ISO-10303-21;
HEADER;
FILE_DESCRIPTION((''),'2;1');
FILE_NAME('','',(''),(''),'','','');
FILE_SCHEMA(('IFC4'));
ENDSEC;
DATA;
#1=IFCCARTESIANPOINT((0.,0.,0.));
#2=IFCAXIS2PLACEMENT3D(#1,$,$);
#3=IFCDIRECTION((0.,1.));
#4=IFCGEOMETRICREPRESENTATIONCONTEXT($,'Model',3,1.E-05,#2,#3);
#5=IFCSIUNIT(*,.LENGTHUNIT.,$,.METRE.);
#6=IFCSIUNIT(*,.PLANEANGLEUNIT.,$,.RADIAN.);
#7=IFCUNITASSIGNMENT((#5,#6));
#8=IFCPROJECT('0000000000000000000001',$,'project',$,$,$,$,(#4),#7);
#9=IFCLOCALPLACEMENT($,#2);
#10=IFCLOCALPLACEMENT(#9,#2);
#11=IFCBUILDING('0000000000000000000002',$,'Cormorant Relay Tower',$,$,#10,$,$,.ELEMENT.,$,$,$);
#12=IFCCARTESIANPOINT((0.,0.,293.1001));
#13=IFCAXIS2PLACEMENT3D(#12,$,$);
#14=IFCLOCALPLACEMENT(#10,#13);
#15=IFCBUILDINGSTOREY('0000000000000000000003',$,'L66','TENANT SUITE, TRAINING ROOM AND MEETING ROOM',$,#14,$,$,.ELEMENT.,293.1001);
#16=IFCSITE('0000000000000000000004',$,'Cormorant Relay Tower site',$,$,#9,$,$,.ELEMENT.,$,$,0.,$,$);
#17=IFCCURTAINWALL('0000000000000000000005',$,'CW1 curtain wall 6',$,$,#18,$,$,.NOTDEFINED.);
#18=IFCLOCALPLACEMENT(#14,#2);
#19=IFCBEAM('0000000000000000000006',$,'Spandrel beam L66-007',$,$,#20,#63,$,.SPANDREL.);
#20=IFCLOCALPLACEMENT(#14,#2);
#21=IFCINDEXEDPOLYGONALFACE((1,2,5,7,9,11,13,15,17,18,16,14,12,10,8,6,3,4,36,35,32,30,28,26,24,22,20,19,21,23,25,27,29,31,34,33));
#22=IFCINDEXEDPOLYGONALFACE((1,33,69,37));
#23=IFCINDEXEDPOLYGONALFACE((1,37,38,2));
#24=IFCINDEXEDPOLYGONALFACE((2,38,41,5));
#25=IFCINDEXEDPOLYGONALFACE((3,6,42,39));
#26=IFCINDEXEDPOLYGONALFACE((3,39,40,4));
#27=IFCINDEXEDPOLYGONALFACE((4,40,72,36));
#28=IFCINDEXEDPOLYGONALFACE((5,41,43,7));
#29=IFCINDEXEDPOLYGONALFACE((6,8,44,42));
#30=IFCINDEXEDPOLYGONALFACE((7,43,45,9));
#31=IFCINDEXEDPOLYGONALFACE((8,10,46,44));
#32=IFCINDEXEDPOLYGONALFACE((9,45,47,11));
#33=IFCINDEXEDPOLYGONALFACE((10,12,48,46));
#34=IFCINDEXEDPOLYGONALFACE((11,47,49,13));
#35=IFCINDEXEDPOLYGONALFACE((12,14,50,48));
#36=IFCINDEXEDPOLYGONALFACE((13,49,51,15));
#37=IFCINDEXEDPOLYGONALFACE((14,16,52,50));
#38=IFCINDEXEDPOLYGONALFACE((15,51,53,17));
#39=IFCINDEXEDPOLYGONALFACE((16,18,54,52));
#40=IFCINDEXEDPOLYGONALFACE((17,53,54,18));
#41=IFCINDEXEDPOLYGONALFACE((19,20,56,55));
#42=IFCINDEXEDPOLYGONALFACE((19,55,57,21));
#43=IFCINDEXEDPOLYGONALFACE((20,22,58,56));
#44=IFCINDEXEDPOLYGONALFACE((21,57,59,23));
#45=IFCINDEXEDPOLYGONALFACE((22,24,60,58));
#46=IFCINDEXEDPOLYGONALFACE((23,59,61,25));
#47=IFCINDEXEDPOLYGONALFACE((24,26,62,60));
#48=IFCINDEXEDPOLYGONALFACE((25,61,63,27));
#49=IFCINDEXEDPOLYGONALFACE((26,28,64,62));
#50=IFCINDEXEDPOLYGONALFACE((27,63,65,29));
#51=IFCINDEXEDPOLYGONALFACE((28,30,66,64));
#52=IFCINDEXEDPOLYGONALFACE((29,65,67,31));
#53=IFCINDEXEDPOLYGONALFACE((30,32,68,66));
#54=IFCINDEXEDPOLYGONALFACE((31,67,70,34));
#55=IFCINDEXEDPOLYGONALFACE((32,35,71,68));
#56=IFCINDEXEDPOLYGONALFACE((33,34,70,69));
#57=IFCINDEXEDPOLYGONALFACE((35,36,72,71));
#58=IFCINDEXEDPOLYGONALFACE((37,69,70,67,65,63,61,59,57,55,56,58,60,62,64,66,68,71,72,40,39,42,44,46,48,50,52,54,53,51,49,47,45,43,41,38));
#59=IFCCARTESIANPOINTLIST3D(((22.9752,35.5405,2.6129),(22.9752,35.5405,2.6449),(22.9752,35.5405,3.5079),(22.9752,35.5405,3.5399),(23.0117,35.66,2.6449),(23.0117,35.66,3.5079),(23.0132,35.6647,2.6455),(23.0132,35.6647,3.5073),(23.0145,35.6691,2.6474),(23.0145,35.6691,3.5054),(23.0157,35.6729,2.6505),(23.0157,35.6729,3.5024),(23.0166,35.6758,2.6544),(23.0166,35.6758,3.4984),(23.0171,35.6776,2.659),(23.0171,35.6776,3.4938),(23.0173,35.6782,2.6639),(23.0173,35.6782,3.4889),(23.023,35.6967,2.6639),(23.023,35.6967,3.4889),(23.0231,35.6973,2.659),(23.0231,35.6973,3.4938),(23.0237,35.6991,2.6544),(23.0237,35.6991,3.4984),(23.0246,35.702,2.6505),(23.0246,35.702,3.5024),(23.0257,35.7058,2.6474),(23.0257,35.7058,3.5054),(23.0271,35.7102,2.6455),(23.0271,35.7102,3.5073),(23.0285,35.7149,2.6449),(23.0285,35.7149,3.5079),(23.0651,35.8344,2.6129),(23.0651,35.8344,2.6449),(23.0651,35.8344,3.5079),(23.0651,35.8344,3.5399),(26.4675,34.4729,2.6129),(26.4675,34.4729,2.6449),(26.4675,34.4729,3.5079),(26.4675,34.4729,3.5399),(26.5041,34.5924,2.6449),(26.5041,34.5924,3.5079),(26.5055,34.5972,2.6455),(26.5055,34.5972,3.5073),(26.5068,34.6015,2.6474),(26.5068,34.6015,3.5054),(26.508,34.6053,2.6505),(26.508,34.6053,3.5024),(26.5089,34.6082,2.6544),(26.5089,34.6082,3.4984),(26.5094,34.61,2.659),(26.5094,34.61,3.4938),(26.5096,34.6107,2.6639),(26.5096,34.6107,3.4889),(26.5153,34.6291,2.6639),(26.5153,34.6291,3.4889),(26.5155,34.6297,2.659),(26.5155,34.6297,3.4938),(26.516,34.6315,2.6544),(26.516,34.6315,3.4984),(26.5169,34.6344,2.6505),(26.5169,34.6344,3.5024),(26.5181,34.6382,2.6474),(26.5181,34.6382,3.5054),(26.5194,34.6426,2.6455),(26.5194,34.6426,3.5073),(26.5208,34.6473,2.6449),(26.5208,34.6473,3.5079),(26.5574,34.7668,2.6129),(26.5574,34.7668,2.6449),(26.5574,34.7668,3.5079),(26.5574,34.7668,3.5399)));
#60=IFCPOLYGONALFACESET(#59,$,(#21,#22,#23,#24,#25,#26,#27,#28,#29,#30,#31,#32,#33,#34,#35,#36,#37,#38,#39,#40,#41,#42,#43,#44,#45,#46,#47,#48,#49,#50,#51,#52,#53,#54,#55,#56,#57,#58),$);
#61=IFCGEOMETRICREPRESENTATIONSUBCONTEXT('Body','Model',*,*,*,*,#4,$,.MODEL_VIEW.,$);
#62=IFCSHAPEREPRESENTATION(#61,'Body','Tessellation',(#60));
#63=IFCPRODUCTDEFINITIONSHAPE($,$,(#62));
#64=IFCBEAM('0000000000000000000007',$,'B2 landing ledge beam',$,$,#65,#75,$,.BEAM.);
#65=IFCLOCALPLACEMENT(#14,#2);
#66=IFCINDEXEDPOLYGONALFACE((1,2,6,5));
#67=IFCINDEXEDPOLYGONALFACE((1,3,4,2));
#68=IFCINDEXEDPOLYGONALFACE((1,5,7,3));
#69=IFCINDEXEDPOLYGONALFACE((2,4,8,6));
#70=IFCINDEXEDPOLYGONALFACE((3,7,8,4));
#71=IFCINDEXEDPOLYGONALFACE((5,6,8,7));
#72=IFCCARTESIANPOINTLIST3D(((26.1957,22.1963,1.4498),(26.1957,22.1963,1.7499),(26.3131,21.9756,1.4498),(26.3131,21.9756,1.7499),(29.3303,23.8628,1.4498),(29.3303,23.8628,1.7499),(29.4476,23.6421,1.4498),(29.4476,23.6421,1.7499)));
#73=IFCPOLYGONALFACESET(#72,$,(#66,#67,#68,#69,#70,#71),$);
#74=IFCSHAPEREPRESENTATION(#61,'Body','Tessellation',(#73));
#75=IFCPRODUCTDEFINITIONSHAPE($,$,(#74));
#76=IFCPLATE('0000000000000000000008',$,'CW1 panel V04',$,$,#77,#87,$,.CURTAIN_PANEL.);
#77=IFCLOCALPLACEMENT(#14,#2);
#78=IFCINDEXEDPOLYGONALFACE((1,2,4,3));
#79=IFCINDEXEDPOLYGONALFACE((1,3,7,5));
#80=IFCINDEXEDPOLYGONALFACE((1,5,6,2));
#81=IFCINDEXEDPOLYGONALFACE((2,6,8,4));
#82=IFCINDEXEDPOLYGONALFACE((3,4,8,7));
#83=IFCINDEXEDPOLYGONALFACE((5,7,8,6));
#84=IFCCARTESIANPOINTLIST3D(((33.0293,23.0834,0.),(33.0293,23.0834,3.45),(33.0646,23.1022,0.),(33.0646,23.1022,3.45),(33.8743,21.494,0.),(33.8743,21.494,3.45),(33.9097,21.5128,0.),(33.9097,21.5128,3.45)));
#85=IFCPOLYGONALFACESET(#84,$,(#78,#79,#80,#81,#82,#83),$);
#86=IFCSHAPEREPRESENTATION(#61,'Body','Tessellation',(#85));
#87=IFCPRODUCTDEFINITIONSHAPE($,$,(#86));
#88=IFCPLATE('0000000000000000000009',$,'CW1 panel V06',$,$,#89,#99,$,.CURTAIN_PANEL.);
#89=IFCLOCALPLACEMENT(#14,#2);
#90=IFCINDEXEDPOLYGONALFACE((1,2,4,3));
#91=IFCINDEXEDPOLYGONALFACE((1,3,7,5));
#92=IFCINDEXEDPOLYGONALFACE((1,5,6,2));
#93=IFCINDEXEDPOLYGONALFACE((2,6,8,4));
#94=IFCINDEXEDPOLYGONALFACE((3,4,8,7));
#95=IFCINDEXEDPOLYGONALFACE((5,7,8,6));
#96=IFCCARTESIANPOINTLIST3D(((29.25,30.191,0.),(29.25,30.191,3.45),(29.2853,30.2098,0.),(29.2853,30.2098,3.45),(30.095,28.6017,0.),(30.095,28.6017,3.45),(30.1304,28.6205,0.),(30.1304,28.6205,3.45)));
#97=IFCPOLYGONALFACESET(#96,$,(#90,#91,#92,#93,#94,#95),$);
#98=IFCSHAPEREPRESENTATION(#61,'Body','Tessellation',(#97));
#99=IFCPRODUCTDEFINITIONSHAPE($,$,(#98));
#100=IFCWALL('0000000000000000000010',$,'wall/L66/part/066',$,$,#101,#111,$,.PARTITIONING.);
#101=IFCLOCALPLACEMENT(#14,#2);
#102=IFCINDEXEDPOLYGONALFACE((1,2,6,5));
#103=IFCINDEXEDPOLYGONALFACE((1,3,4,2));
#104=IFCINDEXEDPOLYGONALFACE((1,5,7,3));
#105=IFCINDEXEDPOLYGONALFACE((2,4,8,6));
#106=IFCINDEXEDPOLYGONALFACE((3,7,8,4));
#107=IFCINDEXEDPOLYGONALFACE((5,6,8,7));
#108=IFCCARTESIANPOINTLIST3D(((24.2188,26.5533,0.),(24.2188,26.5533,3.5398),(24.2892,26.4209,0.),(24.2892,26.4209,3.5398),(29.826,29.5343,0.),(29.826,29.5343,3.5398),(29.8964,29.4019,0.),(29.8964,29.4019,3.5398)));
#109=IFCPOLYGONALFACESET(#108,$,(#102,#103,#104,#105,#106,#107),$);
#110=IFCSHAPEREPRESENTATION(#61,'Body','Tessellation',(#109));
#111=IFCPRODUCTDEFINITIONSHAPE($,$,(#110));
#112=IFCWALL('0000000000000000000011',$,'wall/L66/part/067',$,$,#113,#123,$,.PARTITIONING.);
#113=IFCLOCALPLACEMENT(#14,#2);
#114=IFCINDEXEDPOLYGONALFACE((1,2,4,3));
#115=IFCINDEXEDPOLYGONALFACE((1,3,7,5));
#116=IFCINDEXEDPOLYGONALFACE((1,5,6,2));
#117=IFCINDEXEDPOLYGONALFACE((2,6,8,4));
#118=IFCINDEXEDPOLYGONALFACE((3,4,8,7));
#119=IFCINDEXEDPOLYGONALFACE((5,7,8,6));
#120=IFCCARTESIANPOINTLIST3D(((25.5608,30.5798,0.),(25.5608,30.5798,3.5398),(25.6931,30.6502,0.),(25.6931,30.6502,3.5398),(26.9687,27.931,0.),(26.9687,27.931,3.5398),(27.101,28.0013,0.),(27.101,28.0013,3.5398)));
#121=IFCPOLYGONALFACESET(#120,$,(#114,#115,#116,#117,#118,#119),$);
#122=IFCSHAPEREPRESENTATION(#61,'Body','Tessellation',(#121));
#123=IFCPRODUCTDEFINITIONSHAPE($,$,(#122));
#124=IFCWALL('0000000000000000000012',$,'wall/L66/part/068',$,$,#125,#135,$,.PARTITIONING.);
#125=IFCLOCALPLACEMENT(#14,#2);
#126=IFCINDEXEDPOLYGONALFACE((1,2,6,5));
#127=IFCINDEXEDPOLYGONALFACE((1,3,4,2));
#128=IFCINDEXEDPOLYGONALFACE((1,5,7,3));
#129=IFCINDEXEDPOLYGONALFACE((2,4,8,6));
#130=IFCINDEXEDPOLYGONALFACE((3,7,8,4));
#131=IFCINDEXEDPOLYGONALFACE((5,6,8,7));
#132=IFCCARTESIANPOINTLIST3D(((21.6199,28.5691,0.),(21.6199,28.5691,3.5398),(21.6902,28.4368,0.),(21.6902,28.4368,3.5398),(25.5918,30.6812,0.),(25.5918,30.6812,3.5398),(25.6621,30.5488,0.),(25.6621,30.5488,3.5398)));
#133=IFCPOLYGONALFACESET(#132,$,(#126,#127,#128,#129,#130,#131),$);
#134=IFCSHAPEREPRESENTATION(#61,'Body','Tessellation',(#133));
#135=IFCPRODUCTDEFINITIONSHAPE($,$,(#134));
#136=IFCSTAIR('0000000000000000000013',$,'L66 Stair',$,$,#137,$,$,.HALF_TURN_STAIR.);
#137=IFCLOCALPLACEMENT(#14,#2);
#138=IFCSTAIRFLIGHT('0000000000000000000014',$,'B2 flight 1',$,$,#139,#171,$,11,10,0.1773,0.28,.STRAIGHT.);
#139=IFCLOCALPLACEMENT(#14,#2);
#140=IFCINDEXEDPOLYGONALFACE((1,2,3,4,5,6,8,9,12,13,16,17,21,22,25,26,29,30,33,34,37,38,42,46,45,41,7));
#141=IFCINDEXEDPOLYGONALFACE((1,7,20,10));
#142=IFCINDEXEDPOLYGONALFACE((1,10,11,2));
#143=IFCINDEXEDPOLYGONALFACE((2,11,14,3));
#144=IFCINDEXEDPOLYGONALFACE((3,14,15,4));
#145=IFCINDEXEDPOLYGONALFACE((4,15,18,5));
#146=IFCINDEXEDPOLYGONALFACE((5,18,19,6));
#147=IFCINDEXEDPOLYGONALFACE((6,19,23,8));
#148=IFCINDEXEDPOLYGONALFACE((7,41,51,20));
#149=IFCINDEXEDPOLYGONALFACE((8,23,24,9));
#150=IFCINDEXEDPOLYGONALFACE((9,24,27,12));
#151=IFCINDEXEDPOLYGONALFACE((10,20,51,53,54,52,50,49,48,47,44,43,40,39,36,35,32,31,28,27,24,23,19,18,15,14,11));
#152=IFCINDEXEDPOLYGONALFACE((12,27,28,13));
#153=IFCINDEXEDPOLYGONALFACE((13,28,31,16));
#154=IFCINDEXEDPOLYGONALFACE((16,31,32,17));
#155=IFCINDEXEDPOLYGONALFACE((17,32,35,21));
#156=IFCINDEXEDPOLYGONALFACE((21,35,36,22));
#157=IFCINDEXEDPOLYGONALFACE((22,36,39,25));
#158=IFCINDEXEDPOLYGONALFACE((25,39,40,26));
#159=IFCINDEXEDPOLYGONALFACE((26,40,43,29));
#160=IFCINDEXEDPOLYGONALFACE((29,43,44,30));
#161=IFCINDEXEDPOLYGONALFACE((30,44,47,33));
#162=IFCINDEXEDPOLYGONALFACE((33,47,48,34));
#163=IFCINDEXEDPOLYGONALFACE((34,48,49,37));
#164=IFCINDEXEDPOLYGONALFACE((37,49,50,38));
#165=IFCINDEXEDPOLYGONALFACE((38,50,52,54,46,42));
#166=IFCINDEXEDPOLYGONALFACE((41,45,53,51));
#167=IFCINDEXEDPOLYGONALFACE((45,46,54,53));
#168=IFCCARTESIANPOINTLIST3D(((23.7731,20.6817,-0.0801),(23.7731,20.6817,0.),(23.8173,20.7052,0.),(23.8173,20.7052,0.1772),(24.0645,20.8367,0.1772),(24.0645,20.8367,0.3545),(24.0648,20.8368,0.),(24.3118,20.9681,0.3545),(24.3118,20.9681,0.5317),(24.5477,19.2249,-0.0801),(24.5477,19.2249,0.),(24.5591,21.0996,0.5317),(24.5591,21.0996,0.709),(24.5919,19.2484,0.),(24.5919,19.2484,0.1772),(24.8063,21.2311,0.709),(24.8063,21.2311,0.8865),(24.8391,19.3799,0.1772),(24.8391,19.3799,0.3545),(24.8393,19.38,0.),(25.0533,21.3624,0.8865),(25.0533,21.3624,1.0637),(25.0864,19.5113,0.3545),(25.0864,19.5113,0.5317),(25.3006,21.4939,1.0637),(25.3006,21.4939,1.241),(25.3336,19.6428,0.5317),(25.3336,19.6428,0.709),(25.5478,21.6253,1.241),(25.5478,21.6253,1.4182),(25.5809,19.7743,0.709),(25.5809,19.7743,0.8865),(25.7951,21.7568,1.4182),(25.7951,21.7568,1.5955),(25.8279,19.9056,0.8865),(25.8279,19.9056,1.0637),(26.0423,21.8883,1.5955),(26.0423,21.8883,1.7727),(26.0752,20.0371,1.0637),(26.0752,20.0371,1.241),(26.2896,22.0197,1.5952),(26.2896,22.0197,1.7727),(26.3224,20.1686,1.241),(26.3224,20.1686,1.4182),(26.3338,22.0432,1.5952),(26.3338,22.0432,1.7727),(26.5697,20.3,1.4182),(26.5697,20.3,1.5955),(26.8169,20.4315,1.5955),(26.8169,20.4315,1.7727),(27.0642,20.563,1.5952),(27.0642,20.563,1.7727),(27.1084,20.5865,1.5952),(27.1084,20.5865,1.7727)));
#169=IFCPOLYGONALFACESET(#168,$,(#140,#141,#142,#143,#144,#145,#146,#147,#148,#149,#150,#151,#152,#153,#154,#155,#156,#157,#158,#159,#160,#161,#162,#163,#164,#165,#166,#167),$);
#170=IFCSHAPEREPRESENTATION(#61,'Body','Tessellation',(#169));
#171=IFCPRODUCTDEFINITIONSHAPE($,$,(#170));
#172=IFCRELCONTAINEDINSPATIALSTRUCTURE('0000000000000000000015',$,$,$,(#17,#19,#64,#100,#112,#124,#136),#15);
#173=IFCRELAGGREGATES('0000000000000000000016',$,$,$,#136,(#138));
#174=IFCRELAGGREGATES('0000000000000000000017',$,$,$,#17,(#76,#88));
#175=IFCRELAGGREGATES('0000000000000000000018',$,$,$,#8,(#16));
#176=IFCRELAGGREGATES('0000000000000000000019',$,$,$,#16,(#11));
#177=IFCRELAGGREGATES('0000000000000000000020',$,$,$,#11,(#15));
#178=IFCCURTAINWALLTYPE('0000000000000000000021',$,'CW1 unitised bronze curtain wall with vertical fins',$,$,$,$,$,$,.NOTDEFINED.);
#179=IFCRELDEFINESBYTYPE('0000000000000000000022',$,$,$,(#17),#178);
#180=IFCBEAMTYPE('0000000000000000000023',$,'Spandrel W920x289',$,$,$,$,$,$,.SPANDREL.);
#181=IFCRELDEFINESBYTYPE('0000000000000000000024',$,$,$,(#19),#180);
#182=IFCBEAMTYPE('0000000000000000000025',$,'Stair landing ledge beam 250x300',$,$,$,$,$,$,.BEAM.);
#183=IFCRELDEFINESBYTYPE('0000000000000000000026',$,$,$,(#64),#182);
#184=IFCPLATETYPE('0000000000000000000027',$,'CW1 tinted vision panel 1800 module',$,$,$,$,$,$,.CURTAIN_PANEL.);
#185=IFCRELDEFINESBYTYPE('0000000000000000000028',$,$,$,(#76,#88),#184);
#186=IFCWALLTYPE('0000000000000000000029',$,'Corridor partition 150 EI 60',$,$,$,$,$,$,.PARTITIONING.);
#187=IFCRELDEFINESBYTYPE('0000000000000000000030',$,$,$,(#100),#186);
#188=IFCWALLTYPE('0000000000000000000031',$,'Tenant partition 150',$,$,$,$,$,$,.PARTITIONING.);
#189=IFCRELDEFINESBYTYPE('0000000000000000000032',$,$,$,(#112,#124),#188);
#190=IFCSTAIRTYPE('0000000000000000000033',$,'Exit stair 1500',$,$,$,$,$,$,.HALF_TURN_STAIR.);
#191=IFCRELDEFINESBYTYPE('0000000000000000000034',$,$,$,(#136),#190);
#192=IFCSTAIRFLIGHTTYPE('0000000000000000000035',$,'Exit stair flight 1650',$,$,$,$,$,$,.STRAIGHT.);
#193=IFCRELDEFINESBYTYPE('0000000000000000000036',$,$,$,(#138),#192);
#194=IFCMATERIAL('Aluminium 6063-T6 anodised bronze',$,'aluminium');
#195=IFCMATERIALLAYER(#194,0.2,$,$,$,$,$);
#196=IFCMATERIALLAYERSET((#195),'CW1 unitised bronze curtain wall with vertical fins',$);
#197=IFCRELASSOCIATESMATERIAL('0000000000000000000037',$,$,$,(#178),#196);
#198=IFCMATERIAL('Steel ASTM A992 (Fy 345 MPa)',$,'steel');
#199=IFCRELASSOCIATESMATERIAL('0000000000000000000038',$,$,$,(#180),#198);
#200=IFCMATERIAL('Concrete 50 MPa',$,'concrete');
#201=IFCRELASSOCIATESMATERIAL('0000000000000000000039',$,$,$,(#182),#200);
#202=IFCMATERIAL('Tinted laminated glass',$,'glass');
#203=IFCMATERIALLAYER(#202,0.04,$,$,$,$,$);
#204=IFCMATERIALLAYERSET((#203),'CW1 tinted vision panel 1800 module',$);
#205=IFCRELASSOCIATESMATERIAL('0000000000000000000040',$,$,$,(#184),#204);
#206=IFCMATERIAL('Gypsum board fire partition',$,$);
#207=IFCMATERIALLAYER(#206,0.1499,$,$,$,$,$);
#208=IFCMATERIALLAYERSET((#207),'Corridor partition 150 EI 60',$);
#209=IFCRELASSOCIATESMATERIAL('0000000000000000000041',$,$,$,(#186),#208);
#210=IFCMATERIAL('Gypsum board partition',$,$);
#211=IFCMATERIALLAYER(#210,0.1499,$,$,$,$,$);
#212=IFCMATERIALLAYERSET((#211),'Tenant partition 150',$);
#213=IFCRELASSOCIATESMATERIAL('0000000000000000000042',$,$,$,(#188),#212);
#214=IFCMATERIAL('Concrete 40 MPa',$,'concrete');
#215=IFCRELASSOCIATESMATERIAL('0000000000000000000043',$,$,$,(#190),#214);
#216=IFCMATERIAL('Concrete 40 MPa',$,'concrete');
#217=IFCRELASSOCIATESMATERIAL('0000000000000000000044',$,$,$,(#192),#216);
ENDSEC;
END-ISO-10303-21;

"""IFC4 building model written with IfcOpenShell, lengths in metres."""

from ifc_helpers import new_model, si_unit, direction, frame, frame_2d, origin, origin_2d, place, context, subcontext, project, spatial, polyline, rectangle, i_section, outline, extrude, material, layer, layer_set, material_profile, profile_set, type_object, element, aggregate, save


model = new_model("IFC4")

# Units and contexts
model_context = context("Model", 3, precision=1e-05, world=origin(), true_north=direction((0.0, 1.0)))
body_context = subcontext(model_context, "Body", "Model", "MODEL_VIEW")
ifc_project = project(units=[si_unit("LENGTHUNIT", "METRE"), si_unit("PLANEANGLEUNIT", "RADIAN")], contexts=[model_context])

# Site, building, storey
site_placement = place(None, origin())
site = spatial("IfcSite", under=ifc_project, at=site_placement, Name="Cormorant Relay Tower site", CompositionType="ELEMENT", RefElevation=0.0)
building_placement = place(site_placement, origin())
building = spatial("IfcBuilding", under=site, at=building_placement, Name="Cormorant Relay Tower", CompositionType="ELEMENT")
storey_placement = place(building_placement, frame((0.0, 0.0, 293.1001)))
storey = spatial("IfcBuildingStorey", under=building, at=storey_placement, Name="L66", Description="TENANT SUITE, TRAINING ROOM AND MEETING ROOM", CompositionType="ELEMENT", Elevation=293.1001)

# Curtain wall
ifc_material_1 = material(Name="Aluminium 6063-T6 anodised bronze", Category="aluminium")
ifc_layer_1 = layer(ifc_material_1, 0.2)
ifc_layer_set_1 = layer_set([ifc_layer_1], Name="CW1 unitised bronze curtain wall with vertical fins")
curtain_wall_type = type_object("IfcCurtainWallType", Name="CW1 unitised bronze curtain wall with vertical fins", PredefinedType="NOTDEFINED", material=ifc_layer_set_1)
curtain_wall_1_placement = place(storey_placement, origin())
curtain_wall_1 = element("IfcCurtainWall", 1, at=curtain_wall_1_placement, inside=storey, type_object=curtain_wall_type, Name="CW1 curtain wall 6", PredefinedType="NOTDEFINED")

# Beams
ifc_material_2 = material(Name="Steel ASTM A992 (Fy 345 MPa)", Category="steel")
ifc_material_profile_1 = material_profile(ifc_material_2, i_section(OverallWidth=0.3074, OverallDepth=0.927, WebThickness=0.0193, FlangeThickness=0.032, FilletRadius=0.019, at=origin_2d()), Name="W920x289")
ifc_profile_set_1 = profile_set([ifc_material_profile_1], Name="Steel ASTM A992 (Fy 345 MPa)")
beam_type_1 = type_object("IfcBeamType", Name="Spandrel W920x289", PredefinedType="SPANDREL", material=ifc_profile_set_1)
beam_1_placement = place(storey_placement, frame((26.5125, 34.6199, 3.0764), z_axis=(-0.956314, 0.292343, 0.0), x_axis=(-0.292343, -0.956314, 0.0)))
element("IfcBeam", 2, at=beam_1_placement, inside=storey, type_object=beam_type_1, Name="Spandrel beam L66-007", PredefinedType="SPANDREL", context=body_context, shape_type="SweptSolid", body=[
    extrude(i_section(OverallWidth=0.3074, OverallDepth=0.927, WebThickness=0.0193, FlangeThickness=0.032, FilletRadius=0.019, at=origin_2d()), origin(), (0.0, 0.0, 1.0), 3.6519),
])
ifc_material_3 = material(Name="Concrete 50 MPa", Category="concrete")
ifc_material_profile_2 = material_profile(ifc_material_3, rectangle(XDim=0.25, YDim=0.3, at=origin_2d()), Name="RC 250x300")
ifc_profile_set_2 = profile_set([ifc_material_profile_2], Name="Concrete 50 MPa")
beam_type_2 = type_object("IfcBeamType", Name="Stair landing ledge beam 250x300", PredefinedType="BEAM", material=ifc_profile_set_2)
beam_2_placement = place(storey_placement, frame((26.2544, 22.0859, 1.5999), z_axis=(0.882965, 0.469438, 0.0), x_axis=(-0.469438, 0.882965, 0.0)))
element("IfcBeam", 3, at=beam_2_placement, inside=storey, type_object=beam_type_2, Name="B2 landing ledge beam", PredefinedType="BEAM", context=body_context, shape_type="SweptSolid", body=[
    extrude(rectangle(XDim=0.25, YDim=0.3, at=origin_2d()), origin(), (0.0, 0.0, 1.0), 3.55),
])

# Plates
ifc_material_4 = material(Name="Tinted laminated glass", Category="glass")
ifc_layer_2 = layer(ifc_material_4, 0.04)
ifc_layer_set_2 = layer_set([ifc_layer_2], Name="CW1 tinted vision panel 1800 module")
plate_type = type_object("IfcPlateType", Name="CW1 tinted vision panel 1800 module", PredefinedType="CURTAIN_PANEL", material=ifc_layer_set_2)
plate_1_placement = place(storey_placement, frame((33.4695, 22.2981, 0.0), z_axis=(0.0, 0.0, 1.0), x_axis=(-0.469472, 0.882948, 0.0)))
plate_1 = element("IfcPlate", 4, at=plate_1_placement, type_object=plate_type, Name="CW1 panel V04", PredefinedType="CURTAIN_PANEL", context=body_context, shape_type="SweptSolid", body=[
    extrude(rectangle(XDim=1.8, YDim=0.04, at=origin_2d()), origin(), (0.0, 0.0, 1.0), 3.45),
])
plate_2_placement = place(storey_placement, frame((29.6902, 29.4058, 0.0), z_axis=(0.0, 0.0, 1.0), x_axis=(-0.469472, 0.882948, 0.0)))
plate_2 = element("IfcPlate", 5, at=plate_2_placement, type_object=plate_type, Name="CW1 panel V06", PredefinedType="CURTAIN_PANEL", context=body_context, shape_type="SweptSolid", body=[
    extrude(rectangle(XDim=1.8, YDim=0.04, at=origin_2d()), origin(), (0.0, 0.0, 1.0), 3.45),
])

# Walls
ifc_material_5 = material(Name="Gypsum board fire partition")
ifc_layer_3 = layer(ifc_material_5, 0.1499)
ifc_layer_set_3 = layer_set([ifc_layer_3], Name="Corridor partition 150 EI 60")
wall_type_1 = type_object("IfcWallType", Name="Corridor partition 150 EI 60", PredefinedType="PARTITIONING", material=ifc_layer_set_3)
wall_1_placement = place(storey_placement, frame((24.2539, 26.4871, 0.0), z_axis=(0.0, 0.0, 1.0), x_axis=(0.882976, 0.469418, 0.0)))
element("IfcWall", 6, at=wall_1_placement, inside=storey, type_object=wall_type_1, Name="wall/L66/part/066", PredefinedType="PARTITIONING", context=body_context, shape_type="SweptSolid", body=[
    extrude(rectangle(XDim=6.3503, YDim=0.1499, at=frame_2d((3.1753, 0.0))), origin(), (0.0, 0.0, 1.0), 3.5398),
])
ifc_material_6 = material(Name="Gypsum board partition")
ifc_layer_4 = layer(ifc_material_6, 0.1499)
ifc_layer_set_4 = layer_set([ifc_layer_4], Name="Tenant partition 150")
wall_type_2 = type_object("IfcWallType", Name="Tenant partition 150", PredefinedType="PARTITIONING", material=ifc_layer_set_4)
wall_2_placement = place(storey_placement, frame((27.0349, 27.9661, 0.0), z_axis=(0.0, 0.0, 1.0), x_axis=(-0.469342, 0.883017, 0.0)))
element("IfcWall", 7, at=wall_2_placement, inside=storey, type_object=wall_type_2, Name="wall/L66/part/067", PredefinedType="PARTITIONING", context=body_context, shape_type="SweptSolid", body=[
    extrude(rectangle(XDim=2.9998, YDim=0.1499, at=frame_2d((1.5, 0.0))), origin(), (0.0, 0.0, 1.0), 3.5398),
])
wall_3_placement = place(storey_placement, frame((25.627, 30.615, 0.0), z_axis=(0.0, 0.0, 1.0), x_axis=(-0.882934, -0.469498, 0.0)))
element("IfcWall", 8, at=wall_3_placement, inside=storey, type_object=wall_type_2, Name="wall/L66/part/068", PredefinedType="PARTITIONING", context=body_context, shape_type="SweptSolid", body=[
    extrude(rectangle(XDim=4.4985, YDim=0.1499, at=frame_2d((2.2493, 0.0))), origin(), (0.0, 0.0, 1.0), 3.5398),
])

# Stair, stair flight
ifc_material_7 = material(Name="Concrete 40 MPa", Category="concrete")
stair_type = type_object("IfcStairType", Name="Exit stair 1500", PredefinedType="HALF_TURN_STAIR", material=ifc_material_7)
stair_placement = place(storey_placement, origin())
stair = element("IfcStair", 9, at=stair_placement, inside=storey, type_object=stair_type, Name="L66 Stair", PredefinedType="HALF_TURN_STAIR")
ifc_material_8 = material(Name="Concrete 40 MPa", Category="concrete")
stair_flight_type = type_object("IfcStairFlightType", Name="Exit stair flight 1650", PredefinedType="STRAIGHT", material=ifc_material_8)
stair_flight_1_placement = place(storey_placement, frame((24.2046, 19.9768, 0.0), z_axis=(0.0, 0.0, 1.0), x_axis=(0.882948, 0.469472, 0.0)))
stair_flight_1 = element("IfcStairFlight", 10, at=stair_flight_1_placement, type_object=stair_flight_type, Name="B2 flight 1", NumberOfRisers=11, NumberOfTreads=10, PredefinedType="STRAIGHT", RiserHeight=0.1773, TreadLength=0.28, context=body_context, shape_type="SweptSolid", body=[
    extrude(outline(polyline([(-0.05, -0.0801), (-0.05, 0.0), (0.0, 0.0), (0.0, 0.1772), (0.28, 0.1772), (0.28, 0.3545), (0.5601, 0.3545), (0.5601, 0.5317), (0.8401, 0.5317), (0.8401, 0.709), (1.1201, 0.709), (1.1201, 0.8865), (1.3999, 0.8865), (1.3999, 1.0637), (1.6799, 1.0637), (1.6799, 1.241), (1.96, 1.241), (1.96, 1.4182), (2.24, 1.4182), (2.24, 1.5955), (2.52, 1.5955), (2.52, 1.7727), (2.8, 1.7727), (2.8501, 1.7727), (2.8501, 1.5952), (2.8, 1.5952), (0.2803, 0.0), (-0.05, -0.0801)])), frame((0.0, 0.825, 0.0), z_axis=(0.0, -1.0, 0.0), x_axis=(1.0, 0.0, 0.0)), (0.0, 0.0, 1.0), 1.6499),
])
aggregate(stair, [stair_flight_1])

aggregate(curtain_wall_1, [plate_1, plate_2])

save(model, "model.ifc")
